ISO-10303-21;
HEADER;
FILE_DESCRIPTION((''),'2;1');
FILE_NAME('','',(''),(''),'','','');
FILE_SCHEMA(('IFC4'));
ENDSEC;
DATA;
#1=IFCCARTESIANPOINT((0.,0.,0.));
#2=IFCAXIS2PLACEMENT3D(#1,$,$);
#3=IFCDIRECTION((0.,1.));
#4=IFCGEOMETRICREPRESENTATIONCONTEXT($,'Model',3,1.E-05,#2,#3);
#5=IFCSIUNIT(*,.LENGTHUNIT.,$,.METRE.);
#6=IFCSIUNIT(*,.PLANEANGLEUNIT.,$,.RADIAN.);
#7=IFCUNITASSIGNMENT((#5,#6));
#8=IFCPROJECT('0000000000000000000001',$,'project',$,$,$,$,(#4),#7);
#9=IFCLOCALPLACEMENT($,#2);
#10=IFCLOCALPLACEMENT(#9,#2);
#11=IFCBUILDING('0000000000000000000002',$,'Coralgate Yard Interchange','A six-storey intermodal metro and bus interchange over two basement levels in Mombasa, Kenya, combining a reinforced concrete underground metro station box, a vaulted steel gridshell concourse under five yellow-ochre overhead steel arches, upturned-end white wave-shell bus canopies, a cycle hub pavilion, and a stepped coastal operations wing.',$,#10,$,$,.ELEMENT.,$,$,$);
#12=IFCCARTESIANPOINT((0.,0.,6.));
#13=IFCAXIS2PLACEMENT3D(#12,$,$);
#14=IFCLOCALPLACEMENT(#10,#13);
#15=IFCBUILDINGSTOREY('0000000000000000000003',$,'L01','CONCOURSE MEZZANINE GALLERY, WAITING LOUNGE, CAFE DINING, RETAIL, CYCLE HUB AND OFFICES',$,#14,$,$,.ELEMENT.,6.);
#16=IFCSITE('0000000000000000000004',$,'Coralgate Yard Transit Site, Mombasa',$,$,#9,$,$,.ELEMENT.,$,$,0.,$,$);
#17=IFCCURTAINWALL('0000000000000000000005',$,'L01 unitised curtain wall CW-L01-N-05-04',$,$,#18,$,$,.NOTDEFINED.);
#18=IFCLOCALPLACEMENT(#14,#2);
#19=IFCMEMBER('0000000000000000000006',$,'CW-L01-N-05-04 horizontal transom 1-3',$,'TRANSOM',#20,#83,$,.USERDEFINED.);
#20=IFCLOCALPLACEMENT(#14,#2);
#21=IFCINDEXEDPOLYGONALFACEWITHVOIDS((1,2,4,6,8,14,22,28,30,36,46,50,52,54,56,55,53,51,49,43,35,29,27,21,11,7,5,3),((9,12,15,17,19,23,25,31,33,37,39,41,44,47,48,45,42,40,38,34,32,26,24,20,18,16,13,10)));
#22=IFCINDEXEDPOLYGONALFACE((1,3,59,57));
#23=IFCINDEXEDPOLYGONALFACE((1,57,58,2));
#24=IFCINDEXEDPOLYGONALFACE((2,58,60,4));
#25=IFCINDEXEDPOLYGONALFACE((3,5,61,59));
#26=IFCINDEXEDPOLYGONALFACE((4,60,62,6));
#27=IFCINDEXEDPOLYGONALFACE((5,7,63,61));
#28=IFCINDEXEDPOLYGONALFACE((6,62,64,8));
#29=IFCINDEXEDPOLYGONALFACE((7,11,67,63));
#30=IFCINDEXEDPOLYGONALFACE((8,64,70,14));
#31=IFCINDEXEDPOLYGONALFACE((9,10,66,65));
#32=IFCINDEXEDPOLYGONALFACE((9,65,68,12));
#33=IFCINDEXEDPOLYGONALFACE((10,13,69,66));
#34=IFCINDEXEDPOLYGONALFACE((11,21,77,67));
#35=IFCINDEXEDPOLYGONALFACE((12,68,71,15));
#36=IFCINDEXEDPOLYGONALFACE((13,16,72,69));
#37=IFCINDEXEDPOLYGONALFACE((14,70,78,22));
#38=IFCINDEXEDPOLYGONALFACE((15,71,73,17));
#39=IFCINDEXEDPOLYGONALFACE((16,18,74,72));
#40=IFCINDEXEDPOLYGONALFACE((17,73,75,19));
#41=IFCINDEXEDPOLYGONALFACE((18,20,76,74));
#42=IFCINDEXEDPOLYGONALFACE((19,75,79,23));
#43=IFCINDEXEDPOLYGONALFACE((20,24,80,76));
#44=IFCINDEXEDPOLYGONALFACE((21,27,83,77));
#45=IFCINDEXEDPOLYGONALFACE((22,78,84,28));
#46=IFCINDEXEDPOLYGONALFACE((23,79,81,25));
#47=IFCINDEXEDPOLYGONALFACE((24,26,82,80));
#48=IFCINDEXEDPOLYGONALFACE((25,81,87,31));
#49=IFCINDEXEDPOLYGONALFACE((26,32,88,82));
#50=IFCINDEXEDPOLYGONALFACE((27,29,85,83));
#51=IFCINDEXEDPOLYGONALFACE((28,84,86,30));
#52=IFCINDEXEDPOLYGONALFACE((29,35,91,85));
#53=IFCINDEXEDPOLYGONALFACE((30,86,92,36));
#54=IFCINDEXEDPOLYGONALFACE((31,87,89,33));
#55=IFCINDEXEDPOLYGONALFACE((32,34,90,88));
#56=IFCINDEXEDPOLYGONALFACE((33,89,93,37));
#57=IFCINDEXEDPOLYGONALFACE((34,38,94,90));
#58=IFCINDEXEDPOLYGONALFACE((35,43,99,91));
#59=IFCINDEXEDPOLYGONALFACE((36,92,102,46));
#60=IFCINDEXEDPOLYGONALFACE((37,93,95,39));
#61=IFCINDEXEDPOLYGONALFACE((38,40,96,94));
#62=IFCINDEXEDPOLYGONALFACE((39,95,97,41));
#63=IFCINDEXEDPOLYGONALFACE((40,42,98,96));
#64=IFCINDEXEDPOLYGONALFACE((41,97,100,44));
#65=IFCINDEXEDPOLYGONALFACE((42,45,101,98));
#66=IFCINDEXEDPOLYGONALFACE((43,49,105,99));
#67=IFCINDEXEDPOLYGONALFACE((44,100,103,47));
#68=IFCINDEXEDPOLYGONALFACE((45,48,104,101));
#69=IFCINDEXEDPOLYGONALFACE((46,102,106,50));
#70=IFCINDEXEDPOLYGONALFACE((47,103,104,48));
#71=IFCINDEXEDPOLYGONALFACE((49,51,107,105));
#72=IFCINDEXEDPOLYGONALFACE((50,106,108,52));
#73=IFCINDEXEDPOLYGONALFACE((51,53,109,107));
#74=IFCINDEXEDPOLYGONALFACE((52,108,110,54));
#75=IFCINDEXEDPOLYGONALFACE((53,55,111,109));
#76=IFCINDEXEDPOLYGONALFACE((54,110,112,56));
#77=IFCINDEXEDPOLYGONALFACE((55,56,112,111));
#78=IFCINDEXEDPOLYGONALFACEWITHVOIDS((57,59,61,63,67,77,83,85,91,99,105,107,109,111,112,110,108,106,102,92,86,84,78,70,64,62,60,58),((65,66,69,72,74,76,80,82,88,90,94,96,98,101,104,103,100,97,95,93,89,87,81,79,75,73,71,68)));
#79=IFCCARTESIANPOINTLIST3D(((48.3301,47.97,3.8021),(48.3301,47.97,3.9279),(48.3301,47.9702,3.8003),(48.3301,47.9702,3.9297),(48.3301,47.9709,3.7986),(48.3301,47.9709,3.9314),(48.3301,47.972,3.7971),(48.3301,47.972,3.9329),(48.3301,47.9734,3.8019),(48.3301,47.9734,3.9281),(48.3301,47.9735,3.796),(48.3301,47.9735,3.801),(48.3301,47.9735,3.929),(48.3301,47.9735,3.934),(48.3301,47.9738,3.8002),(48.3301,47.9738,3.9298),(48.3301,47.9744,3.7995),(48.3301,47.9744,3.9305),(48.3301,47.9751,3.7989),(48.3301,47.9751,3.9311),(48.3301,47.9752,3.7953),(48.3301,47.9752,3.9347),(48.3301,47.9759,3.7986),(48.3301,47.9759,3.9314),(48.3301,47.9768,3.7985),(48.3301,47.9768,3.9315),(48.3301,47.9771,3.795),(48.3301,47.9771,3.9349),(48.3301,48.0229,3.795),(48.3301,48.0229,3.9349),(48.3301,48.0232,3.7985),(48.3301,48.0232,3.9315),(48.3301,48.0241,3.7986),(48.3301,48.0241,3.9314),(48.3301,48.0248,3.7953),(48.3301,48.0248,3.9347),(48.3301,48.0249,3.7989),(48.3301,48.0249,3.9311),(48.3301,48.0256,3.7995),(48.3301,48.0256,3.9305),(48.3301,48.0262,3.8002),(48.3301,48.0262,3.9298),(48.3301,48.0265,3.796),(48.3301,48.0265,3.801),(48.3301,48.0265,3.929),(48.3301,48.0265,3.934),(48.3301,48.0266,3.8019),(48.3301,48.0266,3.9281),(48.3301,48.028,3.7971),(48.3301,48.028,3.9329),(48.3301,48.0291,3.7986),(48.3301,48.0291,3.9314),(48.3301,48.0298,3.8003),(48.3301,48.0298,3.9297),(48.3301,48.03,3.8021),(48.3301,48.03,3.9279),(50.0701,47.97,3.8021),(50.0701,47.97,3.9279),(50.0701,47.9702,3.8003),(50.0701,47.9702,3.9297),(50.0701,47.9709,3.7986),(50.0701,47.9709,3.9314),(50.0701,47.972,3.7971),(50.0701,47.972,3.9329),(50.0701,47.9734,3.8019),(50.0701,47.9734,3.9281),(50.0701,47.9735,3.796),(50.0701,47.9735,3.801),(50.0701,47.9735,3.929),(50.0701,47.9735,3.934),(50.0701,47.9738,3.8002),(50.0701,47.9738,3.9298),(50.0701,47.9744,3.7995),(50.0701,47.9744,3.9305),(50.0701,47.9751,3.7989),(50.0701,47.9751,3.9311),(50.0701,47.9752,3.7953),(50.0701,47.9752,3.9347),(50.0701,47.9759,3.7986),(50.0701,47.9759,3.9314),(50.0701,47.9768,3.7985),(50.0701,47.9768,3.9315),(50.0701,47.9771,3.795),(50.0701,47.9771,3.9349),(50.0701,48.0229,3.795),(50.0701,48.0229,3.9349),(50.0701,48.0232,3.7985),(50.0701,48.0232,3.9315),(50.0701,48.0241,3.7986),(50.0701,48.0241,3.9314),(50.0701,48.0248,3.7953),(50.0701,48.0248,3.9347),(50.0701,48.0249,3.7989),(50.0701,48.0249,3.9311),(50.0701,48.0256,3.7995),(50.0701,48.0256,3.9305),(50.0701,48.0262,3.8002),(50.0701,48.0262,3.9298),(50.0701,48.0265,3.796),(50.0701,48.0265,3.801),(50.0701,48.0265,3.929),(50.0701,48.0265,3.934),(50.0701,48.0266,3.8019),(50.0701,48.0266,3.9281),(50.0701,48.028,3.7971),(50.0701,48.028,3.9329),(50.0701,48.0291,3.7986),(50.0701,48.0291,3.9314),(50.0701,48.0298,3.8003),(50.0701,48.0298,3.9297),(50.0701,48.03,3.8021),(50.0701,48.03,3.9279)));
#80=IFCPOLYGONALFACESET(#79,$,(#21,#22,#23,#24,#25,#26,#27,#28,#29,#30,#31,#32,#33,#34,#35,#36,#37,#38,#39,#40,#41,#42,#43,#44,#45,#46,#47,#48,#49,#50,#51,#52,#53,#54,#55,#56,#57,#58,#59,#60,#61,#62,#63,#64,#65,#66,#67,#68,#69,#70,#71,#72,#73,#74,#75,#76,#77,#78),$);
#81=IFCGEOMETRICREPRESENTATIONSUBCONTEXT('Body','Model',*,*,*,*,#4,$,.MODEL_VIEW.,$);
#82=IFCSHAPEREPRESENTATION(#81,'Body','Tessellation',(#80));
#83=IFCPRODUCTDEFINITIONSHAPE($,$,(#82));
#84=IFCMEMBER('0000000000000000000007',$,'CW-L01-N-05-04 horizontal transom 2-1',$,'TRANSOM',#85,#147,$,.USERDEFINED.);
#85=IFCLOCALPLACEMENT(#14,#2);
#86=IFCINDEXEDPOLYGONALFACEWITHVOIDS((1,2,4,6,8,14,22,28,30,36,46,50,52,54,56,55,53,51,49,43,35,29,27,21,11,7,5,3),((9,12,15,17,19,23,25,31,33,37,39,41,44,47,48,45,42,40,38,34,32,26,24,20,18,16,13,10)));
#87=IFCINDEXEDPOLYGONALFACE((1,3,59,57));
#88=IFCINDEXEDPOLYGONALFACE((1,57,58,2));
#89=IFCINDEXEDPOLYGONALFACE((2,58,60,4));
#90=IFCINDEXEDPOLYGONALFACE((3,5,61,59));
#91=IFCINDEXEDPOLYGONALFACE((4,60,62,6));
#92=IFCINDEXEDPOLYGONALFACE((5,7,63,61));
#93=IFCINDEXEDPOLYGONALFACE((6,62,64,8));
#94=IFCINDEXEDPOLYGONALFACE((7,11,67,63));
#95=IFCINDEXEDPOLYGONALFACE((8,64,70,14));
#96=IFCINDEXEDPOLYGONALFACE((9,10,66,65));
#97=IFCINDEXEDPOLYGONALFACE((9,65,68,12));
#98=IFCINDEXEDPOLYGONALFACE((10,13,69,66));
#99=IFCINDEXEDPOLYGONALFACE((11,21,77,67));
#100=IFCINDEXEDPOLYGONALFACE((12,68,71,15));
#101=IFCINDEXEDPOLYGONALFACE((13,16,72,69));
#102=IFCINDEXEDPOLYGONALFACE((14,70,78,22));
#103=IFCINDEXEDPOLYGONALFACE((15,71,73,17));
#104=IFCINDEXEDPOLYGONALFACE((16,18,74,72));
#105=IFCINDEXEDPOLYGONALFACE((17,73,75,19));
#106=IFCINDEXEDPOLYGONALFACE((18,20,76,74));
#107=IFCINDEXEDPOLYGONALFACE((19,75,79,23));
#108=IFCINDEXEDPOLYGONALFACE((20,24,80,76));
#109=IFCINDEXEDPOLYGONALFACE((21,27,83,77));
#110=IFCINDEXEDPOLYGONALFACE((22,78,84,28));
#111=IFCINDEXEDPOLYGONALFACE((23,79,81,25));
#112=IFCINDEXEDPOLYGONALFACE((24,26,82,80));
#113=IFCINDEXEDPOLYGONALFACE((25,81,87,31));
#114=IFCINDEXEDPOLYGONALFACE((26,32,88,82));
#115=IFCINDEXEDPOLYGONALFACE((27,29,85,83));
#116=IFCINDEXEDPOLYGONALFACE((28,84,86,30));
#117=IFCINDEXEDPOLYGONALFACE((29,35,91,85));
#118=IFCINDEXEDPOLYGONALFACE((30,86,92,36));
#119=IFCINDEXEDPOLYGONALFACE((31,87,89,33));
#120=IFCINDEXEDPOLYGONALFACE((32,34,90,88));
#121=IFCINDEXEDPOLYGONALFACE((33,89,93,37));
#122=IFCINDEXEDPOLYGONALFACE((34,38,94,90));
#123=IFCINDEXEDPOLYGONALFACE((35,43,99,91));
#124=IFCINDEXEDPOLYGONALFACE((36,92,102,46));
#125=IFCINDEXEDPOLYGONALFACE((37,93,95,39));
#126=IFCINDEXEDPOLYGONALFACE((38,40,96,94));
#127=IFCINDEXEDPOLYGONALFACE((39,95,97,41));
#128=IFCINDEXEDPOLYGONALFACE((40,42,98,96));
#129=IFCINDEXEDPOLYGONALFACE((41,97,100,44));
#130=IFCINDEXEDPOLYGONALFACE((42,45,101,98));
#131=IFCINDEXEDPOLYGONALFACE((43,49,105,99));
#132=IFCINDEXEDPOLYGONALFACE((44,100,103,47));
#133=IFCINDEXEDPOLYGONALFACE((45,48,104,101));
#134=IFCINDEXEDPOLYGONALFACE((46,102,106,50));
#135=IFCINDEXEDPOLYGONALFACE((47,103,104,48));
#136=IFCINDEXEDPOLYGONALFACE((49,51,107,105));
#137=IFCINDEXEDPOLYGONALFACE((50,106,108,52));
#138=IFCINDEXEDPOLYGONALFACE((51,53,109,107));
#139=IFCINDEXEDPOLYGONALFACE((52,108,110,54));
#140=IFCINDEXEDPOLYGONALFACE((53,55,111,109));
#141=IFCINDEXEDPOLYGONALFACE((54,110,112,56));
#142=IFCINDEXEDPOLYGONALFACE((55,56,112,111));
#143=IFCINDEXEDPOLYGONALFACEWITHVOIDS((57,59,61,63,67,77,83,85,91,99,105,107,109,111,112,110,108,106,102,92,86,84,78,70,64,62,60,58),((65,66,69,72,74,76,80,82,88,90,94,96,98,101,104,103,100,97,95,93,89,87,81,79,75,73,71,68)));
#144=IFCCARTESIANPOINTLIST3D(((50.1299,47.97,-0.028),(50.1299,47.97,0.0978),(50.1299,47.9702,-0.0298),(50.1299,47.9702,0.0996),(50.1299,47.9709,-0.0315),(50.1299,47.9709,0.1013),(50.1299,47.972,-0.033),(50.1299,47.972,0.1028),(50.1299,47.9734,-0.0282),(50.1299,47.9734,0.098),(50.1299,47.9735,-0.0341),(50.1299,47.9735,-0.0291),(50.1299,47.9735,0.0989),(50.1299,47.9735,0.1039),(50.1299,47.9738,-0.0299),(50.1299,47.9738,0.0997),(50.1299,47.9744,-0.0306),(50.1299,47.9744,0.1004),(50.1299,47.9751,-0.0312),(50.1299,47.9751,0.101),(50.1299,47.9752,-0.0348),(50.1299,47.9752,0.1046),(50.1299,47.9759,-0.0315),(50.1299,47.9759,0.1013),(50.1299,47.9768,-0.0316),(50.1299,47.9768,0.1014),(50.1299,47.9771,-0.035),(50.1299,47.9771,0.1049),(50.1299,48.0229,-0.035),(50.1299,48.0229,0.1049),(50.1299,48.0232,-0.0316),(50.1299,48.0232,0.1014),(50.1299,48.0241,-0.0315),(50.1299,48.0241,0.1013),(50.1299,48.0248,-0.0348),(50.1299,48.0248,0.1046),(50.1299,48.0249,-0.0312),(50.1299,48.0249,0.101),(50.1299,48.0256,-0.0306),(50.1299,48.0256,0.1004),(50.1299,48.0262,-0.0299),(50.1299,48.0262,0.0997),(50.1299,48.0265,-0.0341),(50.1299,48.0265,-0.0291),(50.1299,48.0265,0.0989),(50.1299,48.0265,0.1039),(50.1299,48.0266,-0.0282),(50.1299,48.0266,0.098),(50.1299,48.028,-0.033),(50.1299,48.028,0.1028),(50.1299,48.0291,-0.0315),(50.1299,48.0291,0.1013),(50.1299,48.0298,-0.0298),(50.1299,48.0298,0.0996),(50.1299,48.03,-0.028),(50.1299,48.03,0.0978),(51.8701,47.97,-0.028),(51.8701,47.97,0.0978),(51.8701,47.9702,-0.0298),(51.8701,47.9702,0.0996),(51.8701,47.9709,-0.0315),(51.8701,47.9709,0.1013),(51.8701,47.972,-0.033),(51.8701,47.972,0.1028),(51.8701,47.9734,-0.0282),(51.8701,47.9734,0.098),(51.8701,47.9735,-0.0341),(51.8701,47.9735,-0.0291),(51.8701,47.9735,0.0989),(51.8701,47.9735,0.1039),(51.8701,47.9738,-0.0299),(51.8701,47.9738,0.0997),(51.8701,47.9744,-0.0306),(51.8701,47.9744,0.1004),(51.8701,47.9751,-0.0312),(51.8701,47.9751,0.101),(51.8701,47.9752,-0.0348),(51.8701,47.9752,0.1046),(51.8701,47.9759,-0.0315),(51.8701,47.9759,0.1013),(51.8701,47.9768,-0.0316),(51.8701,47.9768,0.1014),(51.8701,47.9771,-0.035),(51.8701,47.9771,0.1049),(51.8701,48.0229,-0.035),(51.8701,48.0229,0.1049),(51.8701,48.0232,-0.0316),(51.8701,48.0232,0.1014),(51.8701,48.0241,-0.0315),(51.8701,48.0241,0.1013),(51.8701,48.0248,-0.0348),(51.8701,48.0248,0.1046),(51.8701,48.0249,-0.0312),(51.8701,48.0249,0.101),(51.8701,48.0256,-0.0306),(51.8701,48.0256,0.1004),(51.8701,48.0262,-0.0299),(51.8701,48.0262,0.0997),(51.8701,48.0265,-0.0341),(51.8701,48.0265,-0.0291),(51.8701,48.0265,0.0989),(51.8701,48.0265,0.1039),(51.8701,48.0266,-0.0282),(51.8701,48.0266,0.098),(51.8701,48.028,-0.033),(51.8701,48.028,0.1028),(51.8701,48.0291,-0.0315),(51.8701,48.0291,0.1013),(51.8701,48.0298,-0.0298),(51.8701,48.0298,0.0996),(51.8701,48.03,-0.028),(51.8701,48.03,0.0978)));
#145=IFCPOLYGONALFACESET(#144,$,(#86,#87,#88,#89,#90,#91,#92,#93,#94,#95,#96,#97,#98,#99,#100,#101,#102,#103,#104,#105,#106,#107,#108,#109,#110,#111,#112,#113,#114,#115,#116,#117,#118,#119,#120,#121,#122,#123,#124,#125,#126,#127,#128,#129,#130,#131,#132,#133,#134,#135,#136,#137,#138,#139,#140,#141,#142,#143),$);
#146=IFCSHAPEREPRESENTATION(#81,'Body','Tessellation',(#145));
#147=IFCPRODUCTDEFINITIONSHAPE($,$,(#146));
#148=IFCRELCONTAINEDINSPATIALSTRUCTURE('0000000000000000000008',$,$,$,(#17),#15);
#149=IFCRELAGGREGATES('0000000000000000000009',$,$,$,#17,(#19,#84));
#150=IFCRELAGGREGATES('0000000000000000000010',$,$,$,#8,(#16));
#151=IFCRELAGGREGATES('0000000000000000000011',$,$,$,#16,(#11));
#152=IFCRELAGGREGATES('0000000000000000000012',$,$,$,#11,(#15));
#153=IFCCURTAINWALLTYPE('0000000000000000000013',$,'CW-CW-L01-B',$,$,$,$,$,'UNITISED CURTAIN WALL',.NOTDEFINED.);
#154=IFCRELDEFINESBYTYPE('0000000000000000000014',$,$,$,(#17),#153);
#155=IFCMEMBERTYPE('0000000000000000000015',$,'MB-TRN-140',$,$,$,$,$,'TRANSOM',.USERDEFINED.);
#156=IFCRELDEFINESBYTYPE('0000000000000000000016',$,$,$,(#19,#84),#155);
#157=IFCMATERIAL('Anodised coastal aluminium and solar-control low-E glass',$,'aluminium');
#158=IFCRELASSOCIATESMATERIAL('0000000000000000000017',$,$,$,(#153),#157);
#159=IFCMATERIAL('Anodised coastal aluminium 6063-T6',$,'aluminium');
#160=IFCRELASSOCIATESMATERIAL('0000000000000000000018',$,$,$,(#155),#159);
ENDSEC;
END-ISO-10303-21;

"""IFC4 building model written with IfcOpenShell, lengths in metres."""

from ifc_helpers import new_model, si_unit, direction, frame, origin, origin_2d, place, context, subcontext, project, spatial, hollow_rectangle, extrude, material, material_profile, profile_set, type_object, element, aggregate, save


model = new_model("IFC4")

# Units and contexts
model_context = context("Model", 3, precision=1e-05, world=origin(), true_north=direction((0.0, 1.0)))
body_context = subcontext(model_context, "Body", "Model", "MODEL_VIEW")
ifc_project = project(units=[si_unit("LENGTHUNIT", "METRE"), si_unit("PLANEANGLEUNIT", "RADIAN")], contexts=[model_context])

# Site, building, storey
site_placement = place(None, origin())
site = spatial("IfcSite", under=ifc_project, at=site_placement, Name="Coralgate Yard Transit Site, Mombasa", CompositionType="ELEMENT", RefElevation=0.0)
building_placement = place(site_placement, origin())
building = spatial("IfcBuilding", under=site, at=building_placement, Name="Coralgate Yard Interchange", Description="A six-storey intermodal metro and bus interchange over two basement levels in Mombasa, Kenya, combining a reinforced concrete underground metro station box, a vaulted steel gridshell concourse under five yellow-ochre overhead steel arches, upturned-end white wave-shell bus canopies, a cycle hub pavilion, and a stepped coastal operations wing.", CompositionType="ELEMENT")
storey_placement = place(building_placement, frame((0.0, 0.0, 6.0)))
storey = spatial("IfcBuildingStorey", under=building, at=storey_placement, Name="L01", Description="CONCOURSE MEZZANINE GALLERY, WAITING LOUNGE, CAFE DINING, RETAIL, CYCLE HUB AND OFFICES", CompositionType="ELEMENT", Elevation=6.0)

# Curtain wall, members
ifc_material_1 = material(Name="Anodised coastal aluminium and solar-control low-E glass", Category="aluminium")
curtain_wall_type = type_object("IfcCurtainWallType", Name="CW-CW-L01-B", ElementType="UNITISED CURTAIN WALL", PredefinedType="NOTDEFINED", material=ifc_material_1)
curtain_wall_placement = place(storey_placement, origin())
curtain_wall = element("IfcCurtainWall", 1, at=curtain_wall_placement, inside=storey, type_object=curtain_wall_type, Name="L01 unitised curtain wall CW-L01-N-05-04", PredefinedType="NOTDEFINED")
ifc_material_2 = material(Name="Anodised coastal aluminium 6063-T6", Category="aluminium")
ifc_material_profile_1 = material_profile(ifc_material_2, hollow_rectangle(XDim=0.0601, YDim=0.1399, WallThickness=0.0034, InnerFilletRadius=0.0034, OuterFilletRadius=0.0071, at=origin_2d()), Name="ALU 60x140x3.5")
ifc_profile_set_1 = profile_set([ifc_material_profile_1], Name="Anodised coastal aluminium 6063-T6")
member_type_1 = type_object("IfcMemberType", Name="MB-TRN-140", ElementType="TRANSOM", PredefinedType="USERDEFINED", material=ifc_profile_set_1)
member_1_placement = place(storey_placement, frame((48.3301, 48.0, 3.865), z_axis=(1.0, 0.0, 0.0), x_axis=(0.0, 1.0, 0.0)))
member_1 = element("IfcMember", 2, at=member_1_placement, type_object=member_type_1, Name="CW-L01-N-05-04 horizontal transom 1-3", ObjectType="TRANSOM", PredefinedType="USERDEFINED", context=body_context, shape_type="SweptSolid", body=[
    extrude(hollow_rectangle(XDim=0.0601, YDim=0.1399, WallThickness=0.0034, InnerFilletRadius=0.0034, OuterFilletRadius=0.0071, at=origin_2d()), origin(), (0.0, 0.0, 1.0), 1.74),
])
member_2_placement = place(storey_placement, frame((50.1299, 48.0, 0.0349), z_axis=(1.0, 0.0, 0.0), x_axis=(0.0, 1.0, 0.0)))
member_2 = element("IfcMember", 3, at=member_2_placement, type_object=member_type_1, Name="CW-L01-N-05-04 horizontal transom 2-1", ObjectType="TRANSOM", PredefinedType="USERDEFINED", context=body_context, shape_type="SweptSolid", body=[
    extrude(hollow_rectangle(XDim=0.0601, YDim=0.1399, WallThickness=0.0034, InnerFilletRadius=0.0034, OuterFilletRadius=0.0071, at=origin_2d()), origin(), (0.0, 0.0, 1.0), 1.7402),
])
aggregate(curtain_wall, [member_1, member_2])

save(model, "model.ifc")
